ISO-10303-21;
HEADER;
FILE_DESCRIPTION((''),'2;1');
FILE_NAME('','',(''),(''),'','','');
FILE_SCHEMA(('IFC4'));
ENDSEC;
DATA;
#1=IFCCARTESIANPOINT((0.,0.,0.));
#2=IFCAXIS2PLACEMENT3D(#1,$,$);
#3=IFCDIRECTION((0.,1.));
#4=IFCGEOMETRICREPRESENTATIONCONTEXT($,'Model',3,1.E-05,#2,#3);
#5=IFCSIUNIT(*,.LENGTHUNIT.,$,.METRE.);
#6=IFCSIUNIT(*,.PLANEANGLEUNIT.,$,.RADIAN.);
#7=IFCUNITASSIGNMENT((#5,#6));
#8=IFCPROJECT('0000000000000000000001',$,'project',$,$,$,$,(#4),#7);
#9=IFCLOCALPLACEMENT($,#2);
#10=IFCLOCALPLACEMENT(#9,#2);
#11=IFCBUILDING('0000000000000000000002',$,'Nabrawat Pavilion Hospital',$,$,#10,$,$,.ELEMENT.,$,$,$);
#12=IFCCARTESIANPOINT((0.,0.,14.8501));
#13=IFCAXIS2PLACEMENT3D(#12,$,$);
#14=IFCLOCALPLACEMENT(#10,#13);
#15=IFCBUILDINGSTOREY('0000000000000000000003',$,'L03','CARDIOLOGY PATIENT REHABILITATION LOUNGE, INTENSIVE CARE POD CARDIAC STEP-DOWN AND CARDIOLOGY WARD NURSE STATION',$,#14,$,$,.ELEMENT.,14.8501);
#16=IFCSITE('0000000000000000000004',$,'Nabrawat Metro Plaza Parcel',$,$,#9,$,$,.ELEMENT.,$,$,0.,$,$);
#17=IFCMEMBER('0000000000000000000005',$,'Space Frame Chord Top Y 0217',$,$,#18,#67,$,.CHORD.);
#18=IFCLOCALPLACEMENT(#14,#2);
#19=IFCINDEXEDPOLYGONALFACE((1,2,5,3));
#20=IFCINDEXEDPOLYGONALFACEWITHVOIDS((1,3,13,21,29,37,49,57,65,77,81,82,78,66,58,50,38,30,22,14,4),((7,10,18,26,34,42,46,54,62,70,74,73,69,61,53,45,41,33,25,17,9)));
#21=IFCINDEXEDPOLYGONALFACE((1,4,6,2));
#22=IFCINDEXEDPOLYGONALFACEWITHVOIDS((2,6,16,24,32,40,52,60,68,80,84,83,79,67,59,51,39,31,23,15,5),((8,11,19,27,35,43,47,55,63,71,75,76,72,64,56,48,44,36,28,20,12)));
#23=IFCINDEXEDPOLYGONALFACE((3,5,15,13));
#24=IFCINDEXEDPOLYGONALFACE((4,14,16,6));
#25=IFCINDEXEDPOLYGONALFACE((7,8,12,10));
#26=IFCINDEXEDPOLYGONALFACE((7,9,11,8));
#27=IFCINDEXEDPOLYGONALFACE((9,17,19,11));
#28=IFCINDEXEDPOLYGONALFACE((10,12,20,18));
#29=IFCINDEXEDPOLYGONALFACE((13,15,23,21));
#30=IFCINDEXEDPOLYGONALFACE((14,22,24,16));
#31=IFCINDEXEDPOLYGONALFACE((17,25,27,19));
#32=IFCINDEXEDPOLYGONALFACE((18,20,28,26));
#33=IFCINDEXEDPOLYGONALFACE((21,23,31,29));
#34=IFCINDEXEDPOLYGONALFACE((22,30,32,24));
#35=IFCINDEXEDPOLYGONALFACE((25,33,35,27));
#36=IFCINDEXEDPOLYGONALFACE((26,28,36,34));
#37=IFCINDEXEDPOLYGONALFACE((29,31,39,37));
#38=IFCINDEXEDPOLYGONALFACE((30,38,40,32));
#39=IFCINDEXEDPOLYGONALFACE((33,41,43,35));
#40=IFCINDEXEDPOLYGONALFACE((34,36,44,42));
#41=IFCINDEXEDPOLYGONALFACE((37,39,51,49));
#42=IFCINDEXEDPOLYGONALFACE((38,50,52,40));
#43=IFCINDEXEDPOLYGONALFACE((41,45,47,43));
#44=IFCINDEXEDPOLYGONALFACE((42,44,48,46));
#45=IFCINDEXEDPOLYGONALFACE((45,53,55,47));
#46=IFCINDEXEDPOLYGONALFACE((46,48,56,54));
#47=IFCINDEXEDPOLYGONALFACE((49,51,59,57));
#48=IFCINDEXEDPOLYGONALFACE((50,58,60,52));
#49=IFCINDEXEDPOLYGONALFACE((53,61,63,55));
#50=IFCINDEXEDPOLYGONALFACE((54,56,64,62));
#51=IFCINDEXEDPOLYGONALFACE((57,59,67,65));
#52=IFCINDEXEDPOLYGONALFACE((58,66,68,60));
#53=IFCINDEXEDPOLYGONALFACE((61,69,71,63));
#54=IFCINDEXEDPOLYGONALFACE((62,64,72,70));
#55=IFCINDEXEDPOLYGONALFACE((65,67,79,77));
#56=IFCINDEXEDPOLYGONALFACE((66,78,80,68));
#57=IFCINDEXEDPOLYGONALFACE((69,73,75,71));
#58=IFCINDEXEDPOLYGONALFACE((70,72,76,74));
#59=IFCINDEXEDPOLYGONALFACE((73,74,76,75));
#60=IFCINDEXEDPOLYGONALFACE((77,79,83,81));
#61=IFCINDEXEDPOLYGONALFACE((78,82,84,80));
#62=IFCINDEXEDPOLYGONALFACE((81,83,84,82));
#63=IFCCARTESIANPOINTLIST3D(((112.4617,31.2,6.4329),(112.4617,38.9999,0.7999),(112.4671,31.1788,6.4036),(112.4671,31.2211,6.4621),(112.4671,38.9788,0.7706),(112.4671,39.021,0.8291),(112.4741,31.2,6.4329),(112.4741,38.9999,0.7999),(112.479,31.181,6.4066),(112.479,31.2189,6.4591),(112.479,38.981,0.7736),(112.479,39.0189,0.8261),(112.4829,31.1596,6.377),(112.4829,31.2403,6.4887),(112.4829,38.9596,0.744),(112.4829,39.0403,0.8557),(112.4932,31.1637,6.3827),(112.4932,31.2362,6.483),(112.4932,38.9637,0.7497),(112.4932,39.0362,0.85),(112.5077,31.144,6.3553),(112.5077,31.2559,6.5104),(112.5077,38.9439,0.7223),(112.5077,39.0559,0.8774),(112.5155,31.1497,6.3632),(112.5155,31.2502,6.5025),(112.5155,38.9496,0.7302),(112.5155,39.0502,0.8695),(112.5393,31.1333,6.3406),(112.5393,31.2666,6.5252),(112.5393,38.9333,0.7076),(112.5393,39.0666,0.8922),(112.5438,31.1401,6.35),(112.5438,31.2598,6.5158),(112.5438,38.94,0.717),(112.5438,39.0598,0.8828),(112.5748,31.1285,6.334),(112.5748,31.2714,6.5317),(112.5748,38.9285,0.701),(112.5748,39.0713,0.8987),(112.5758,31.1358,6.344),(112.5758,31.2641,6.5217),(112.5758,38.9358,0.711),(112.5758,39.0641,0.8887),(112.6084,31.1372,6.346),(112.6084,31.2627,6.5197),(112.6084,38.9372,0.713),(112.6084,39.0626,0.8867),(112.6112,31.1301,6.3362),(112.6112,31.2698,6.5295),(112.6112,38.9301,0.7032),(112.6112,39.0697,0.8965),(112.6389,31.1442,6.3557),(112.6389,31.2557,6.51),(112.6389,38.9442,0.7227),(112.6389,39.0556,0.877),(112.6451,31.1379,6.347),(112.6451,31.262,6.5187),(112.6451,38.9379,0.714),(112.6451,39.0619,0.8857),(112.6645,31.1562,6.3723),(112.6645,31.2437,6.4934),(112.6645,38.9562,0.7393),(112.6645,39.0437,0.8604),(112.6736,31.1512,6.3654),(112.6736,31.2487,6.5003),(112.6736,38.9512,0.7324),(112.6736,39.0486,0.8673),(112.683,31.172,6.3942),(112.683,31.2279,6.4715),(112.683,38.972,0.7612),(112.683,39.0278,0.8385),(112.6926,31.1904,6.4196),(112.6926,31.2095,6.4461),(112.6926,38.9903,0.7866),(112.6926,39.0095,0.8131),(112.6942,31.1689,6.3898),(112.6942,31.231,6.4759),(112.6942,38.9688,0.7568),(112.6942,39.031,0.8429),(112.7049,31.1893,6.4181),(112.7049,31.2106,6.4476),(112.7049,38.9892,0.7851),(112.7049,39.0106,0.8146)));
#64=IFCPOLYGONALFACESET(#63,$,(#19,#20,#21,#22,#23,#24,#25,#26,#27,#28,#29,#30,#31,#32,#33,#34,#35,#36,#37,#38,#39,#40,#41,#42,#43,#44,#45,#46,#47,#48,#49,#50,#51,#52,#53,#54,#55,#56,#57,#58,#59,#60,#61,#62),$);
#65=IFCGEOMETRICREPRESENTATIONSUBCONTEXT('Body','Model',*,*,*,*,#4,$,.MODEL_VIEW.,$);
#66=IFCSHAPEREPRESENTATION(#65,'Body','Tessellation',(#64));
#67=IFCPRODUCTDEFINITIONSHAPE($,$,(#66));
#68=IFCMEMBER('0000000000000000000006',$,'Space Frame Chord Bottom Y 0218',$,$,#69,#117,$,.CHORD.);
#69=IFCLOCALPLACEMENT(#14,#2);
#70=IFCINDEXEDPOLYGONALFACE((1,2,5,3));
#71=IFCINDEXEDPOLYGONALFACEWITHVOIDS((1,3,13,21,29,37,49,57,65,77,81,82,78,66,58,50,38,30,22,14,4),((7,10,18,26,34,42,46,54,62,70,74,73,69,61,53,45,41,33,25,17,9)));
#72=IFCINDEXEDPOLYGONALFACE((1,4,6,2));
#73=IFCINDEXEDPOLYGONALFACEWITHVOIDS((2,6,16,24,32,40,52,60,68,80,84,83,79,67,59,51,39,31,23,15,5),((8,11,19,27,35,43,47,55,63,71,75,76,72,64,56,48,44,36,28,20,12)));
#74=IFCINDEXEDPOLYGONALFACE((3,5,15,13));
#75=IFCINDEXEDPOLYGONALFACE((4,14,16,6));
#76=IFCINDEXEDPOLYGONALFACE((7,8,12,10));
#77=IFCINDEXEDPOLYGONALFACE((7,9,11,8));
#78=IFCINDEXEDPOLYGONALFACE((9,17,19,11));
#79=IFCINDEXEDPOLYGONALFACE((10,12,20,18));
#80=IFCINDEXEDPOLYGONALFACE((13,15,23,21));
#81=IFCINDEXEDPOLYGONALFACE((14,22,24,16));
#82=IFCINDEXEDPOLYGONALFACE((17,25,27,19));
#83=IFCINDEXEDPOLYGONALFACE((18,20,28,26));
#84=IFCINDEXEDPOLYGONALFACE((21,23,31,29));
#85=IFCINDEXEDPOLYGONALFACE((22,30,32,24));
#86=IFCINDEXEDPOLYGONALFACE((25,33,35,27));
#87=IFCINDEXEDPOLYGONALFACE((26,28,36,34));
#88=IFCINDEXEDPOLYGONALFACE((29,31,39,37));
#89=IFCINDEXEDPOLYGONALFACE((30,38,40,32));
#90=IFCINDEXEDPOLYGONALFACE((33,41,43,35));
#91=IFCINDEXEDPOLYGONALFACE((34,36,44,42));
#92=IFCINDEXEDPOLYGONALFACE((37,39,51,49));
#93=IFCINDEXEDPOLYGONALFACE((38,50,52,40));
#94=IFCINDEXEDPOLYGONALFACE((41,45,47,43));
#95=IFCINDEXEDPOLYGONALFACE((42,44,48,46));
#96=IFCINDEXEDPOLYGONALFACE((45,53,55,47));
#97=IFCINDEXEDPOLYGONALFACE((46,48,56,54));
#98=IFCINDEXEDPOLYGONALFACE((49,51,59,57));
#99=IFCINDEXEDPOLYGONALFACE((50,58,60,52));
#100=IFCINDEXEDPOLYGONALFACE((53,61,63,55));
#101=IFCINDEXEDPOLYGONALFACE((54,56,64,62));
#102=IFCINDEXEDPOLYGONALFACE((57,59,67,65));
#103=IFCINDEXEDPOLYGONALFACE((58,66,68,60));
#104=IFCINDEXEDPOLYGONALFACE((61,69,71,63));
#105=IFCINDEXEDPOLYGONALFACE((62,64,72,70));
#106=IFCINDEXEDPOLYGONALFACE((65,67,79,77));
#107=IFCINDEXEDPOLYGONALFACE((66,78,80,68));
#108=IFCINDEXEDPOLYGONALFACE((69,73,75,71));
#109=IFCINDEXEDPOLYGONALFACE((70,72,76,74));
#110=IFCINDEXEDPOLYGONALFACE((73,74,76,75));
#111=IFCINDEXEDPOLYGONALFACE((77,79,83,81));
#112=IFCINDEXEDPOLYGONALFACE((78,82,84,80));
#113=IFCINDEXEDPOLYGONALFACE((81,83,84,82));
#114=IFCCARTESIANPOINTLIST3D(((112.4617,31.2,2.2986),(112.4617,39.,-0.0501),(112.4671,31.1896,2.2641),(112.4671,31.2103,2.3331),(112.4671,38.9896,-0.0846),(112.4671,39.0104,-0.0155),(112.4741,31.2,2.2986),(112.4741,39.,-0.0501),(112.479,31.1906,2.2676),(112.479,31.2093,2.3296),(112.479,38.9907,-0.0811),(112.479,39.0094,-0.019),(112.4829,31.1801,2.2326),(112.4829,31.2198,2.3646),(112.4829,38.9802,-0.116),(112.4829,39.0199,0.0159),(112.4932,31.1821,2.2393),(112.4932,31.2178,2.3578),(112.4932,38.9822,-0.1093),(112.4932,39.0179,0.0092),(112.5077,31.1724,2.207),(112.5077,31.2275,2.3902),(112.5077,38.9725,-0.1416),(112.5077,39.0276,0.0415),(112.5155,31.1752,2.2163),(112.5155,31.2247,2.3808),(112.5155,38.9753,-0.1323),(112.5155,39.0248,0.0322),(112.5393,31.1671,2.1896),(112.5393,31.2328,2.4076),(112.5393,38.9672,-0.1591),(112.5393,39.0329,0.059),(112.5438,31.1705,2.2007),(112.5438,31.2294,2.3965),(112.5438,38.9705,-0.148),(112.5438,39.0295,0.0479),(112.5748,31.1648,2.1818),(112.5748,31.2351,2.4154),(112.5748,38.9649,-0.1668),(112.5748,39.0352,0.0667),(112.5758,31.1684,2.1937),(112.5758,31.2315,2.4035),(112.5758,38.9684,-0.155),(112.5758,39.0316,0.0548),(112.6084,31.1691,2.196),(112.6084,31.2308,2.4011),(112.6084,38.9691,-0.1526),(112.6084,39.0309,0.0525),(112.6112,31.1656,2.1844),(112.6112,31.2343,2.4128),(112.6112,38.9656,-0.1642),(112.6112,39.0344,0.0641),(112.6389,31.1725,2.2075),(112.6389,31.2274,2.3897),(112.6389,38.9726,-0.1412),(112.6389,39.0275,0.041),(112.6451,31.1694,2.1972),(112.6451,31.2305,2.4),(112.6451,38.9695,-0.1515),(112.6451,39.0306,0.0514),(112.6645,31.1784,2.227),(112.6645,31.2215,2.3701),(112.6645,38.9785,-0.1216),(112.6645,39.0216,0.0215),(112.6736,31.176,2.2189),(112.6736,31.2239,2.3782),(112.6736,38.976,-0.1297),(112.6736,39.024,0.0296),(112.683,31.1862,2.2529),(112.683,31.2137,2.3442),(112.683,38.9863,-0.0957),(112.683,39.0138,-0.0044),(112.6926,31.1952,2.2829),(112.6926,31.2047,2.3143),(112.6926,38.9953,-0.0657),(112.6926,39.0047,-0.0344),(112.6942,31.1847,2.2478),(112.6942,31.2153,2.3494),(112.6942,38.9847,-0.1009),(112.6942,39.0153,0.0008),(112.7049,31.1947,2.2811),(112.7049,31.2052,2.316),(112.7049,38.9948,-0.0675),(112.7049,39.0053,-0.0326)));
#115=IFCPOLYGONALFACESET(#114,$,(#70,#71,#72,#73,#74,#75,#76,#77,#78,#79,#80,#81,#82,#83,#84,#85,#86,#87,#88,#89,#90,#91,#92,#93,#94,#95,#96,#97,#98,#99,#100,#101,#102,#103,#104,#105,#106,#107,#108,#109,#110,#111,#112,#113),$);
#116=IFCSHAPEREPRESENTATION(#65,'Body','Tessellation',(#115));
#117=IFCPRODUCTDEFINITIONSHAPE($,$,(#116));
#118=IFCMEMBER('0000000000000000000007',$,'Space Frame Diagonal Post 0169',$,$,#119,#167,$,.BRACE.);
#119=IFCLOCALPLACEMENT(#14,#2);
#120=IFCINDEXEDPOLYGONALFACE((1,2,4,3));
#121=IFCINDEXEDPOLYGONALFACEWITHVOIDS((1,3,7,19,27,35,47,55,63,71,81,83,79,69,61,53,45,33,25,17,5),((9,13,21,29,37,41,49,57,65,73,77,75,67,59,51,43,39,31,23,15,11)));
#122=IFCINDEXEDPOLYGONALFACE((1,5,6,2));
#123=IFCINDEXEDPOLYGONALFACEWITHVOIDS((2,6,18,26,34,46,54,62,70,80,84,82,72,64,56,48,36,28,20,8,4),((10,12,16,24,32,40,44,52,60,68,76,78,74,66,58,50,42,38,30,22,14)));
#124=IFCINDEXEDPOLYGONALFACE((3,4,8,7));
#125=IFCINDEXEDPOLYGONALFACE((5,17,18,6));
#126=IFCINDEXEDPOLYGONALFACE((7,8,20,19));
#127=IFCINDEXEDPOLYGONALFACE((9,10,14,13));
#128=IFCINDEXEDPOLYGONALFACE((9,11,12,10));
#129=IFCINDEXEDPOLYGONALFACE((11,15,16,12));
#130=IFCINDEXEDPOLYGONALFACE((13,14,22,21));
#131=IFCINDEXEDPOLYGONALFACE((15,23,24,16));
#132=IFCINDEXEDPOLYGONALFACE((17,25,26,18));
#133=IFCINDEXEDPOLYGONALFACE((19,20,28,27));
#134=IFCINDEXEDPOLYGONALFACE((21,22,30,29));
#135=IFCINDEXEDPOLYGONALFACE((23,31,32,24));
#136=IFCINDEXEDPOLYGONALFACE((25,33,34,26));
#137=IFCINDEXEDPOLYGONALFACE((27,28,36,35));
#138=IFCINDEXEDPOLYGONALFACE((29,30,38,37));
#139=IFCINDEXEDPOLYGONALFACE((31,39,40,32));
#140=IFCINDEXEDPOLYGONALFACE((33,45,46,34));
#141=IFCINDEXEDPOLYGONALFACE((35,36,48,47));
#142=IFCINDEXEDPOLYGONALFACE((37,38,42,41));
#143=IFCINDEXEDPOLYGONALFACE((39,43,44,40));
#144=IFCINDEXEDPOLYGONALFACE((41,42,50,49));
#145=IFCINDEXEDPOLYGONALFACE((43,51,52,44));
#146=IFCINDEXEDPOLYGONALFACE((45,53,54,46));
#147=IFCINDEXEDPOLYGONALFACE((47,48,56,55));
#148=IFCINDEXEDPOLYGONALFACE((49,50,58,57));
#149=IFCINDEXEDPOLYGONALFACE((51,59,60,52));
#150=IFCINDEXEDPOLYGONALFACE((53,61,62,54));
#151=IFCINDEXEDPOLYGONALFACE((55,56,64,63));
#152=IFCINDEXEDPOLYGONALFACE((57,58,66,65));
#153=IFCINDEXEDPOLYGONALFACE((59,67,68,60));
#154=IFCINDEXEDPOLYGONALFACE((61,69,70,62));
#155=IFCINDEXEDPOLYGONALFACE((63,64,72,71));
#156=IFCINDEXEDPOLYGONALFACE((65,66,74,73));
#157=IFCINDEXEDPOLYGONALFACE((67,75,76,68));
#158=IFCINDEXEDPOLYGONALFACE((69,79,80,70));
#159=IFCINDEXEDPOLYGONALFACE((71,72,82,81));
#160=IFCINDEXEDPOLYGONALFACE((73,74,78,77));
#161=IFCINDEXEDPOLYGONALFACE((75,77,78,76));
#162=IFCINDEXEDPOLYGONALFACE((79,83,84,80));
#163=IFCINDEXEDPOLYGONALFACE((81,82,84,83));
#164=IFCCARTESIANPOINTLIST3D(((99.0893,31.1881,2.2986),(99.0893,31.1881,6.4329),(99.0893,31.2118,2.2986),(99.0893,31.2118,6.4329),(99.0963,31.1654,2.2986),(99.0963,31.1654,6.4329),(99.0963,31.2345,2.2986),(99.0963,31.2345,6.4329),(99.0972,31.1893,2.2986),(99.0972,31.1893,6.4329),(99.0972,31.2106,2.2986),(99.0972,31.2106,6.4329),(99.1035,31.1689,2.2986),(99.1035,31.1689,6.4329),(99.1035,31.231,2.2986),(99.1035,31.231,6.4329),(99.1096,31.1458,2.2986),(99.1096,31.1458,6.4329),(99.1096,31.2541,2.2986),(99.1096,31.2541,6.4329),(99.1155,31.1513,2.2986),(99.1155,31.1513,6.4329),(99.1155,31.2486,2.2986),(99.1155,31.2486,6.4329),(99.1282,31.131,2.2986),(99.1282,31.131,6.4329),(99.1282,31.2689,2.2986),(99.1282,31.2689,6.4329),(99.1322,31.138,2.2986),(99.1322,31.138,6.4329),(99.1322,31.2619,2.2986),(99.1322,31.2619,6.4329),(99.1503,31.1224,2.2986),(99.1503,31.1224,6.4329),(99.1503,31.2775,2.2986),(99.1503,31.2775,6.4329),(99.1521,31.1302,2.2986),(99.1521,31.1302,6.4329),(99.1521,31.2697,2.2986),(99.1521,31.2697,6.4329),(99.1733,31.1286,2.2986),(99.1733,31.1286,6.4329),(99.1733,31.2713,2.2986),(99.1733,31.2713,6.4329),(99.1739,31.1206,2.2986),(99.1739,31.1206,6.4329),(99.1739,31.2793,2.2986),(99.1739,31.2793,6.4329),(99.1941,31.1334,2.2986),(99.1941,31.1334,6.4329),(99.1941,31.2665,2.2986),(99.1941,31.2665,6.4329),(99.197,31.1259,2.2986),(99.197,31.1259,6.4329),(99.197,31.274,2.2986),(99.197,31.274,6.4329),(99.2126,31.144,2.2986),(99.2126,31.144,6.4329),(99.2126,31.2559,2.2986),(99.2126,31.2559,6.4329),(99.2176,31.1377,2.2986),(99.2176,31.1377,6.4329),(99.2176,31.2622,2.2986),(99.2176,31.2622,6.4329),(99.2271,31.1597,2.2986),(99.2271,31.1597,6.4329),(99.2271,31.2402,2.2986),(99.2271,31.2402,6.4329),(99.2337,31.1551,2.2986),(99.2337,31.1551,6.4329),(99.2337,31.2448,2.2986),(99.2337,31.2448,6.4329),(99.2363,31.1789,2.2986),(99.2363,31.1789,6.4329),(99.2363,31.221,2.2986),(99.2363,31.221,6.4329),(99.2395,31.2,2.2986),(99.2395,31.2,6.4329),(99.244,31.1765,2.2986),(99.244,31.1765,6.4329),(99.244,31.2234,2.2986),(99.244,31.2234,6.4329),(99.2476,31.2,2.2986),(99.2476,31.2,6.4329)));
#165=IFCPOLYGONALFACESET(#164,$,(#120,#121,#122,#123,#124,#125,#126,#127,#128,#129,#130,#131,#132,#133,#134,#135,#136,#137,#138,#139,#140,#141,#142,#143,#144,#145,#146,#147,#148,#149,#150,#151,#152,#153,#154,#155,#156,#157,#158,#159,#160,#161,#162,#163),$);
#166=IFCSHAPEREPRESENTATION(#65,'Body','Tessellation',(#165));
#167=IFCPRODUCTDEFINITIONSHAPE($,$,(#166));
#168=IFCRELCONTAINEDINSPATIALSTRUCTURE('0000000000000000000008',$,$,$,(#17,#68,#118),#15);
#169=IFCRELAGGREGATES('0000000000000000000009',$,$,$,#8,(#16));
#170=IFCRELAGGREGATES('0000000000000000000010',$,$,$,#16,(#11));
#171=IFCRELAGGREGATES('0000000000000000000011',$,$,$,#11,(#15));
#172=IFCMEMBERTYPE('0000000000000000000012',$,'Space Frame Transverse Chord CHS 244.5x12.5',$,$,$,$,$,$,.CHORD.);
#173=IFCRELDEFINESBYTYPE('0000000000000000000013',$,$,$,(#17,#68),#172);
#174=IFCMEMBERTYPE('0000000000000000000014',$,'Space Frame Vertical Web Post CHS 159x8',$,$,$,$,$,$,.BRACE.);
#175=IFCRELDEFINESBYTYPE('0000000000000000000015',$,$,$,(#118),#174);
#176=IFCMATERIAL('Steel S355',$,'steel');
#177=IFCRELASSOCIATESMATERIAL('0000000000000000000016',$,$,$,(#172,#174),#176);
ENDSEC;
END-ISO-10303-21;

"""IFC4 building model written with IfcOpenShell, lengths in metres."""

from ifc_helpers import new_model, si_unit, direction, frame, origin, origin_2d, place, context, subcontext, project, spatial, hollow_circle, extrude, material, material_profile, profile_set, type_object, element, save


model = new_model("IFC4")

# Units and contexts
model_context = context("Model", 3, precision=1e-05, world=origin(), true_north=direction((0.0, 1.0)))
body_context = subcontext(model_context, "Body", "Model", "MODEL_VIEW")
ifc_project = project(units=[si_unit("LENGTHUNIT", "METRE"), si_unit("PLANEANGLEUNIT", "RADIAN")], contexts=[model_context])

# Site, building, storey
site_placement = place(None, origin())
site = spatial("IfcSite", under=ifc_project, at=site_placement, Name="Nabrawat Metro Plaza Parcel", CompositionType="ELEMENT", RefElevation=0.0)
building_placement = place(site_placement, origin())
building = spatial("IfcBuilding", under=site, at=building_placement, Name="Nabrawat Pavilion Hospital", CompositionType="ELEMENT")
storey_placement = place(building_placement, frame((0.0, 0.0, 14.8501)))
storey = spatial("IfcBuildingStorey", under=building, at=storey_placement, Name="L03", Description="CARDIOLOGY PATIENT REHABILITATION LOUNGE, INTENSIVE CARE POD CARDIAC STEP-DOWN AND CARDIOLOGY WARD NURSE STATION", CompositionType="ELEMENT", Elevation=14.8501)

# Members
ifc_material = material(Name="Steel S355", Category="steel")
ifc_material_profile_1 = material_profile(ifc_material, hollow_circle(Radius=0.1223, WallThickness=0.0125, at=origin_2d()), Name="CHS 244.5x12.5")
ifc_profile_set_1 = profile_set([ifc_material_profile_1], Name="Steel S355")
member_type_1 = type_object("IfcMemberType", Name="Space Frame Transverse Chord CHS 244.5x12.5", PredefinedType="CHORD", material=ifc_profile_set_1)
member_1_placement = place(storey_placement, frame((112.584, 31.2, 6.4329), z_axis=(0.0, 0.810695, -0.585469), x_axis=(-1.0, 0.0, 0.0)))
element("IfcMember", 1, at=member_1_placement, inside=storey, type_object=member_type_1, Name="Space Frame Chord Top Y 0217", PredefinedType="CHORD", context=body_context, shape_type="SweptSolid", body=[
    extrude(hollow_circle(Radius=0.1223, WallThickness=0.0125, at=origin_2d()), origin(), (0.0, 0.0, 1.0), 9.6213),
])
member_2_placement = place(storey_placement, frame((112.584, 31.2, 2.2986), z_axis=(0.0, 0.957535, -0.288318), x_axis=(-1.0, 0.0, 0.0)))
element("IfcMember", 2, at=member_2_placement, inside=storey, type_object=member_type_1, Name="Space Frame Chord Bottom Y 0218", PredefinedType="CHORD", context=body_context, shape_type="SweptSolid", body=[
    extrude(hollow_circle(Radius=0.1223, WallThickness=0.0125, at=origin_2d()), origin(), (0.0, 0.0, 1.0), 8.146),
])
ifc_material_profile_2 = material_profile(ifc_material, hollow_circle(Radius=0.0796, WallThickness=0.0081, at=origin_2d()), Name="CHS 159x8")
ifc_profile_set_2 = profile_set([ifc_material_profile_2], Name="Steel S355")
member_type_2 = type_object("IfcMemberType", Name="Space Frame Vertical Web Post CHS 159x8", PredefinedType="BRACE", material=ifc_profile_set_2)
for number, where, z_axis, x_axis, name in (
    (3, (99.168, 31.2, 2.2986), (0.0, 0.0, 1.0), (1.0, 0.0, 0.0), "Space Frame Diagonal Post 0169"),
):
    element("IfcMember", number, at=place(storey_placement, frame(where, z_axis=z_axis, x_axis=x_axis)), inside=storey, type_object=member_type_2, Name=name, PredefinedType="BRACE", context=body_context, shape_type="SweptSolid", body=[
        extrude(hollow_circle(Radius=0.0796, WallThickness=0.0081, at=origin_2d()), origin(), (0.0, 0.0, 1.0), 4.1343),
    ])

save(model, "model.ifc")
